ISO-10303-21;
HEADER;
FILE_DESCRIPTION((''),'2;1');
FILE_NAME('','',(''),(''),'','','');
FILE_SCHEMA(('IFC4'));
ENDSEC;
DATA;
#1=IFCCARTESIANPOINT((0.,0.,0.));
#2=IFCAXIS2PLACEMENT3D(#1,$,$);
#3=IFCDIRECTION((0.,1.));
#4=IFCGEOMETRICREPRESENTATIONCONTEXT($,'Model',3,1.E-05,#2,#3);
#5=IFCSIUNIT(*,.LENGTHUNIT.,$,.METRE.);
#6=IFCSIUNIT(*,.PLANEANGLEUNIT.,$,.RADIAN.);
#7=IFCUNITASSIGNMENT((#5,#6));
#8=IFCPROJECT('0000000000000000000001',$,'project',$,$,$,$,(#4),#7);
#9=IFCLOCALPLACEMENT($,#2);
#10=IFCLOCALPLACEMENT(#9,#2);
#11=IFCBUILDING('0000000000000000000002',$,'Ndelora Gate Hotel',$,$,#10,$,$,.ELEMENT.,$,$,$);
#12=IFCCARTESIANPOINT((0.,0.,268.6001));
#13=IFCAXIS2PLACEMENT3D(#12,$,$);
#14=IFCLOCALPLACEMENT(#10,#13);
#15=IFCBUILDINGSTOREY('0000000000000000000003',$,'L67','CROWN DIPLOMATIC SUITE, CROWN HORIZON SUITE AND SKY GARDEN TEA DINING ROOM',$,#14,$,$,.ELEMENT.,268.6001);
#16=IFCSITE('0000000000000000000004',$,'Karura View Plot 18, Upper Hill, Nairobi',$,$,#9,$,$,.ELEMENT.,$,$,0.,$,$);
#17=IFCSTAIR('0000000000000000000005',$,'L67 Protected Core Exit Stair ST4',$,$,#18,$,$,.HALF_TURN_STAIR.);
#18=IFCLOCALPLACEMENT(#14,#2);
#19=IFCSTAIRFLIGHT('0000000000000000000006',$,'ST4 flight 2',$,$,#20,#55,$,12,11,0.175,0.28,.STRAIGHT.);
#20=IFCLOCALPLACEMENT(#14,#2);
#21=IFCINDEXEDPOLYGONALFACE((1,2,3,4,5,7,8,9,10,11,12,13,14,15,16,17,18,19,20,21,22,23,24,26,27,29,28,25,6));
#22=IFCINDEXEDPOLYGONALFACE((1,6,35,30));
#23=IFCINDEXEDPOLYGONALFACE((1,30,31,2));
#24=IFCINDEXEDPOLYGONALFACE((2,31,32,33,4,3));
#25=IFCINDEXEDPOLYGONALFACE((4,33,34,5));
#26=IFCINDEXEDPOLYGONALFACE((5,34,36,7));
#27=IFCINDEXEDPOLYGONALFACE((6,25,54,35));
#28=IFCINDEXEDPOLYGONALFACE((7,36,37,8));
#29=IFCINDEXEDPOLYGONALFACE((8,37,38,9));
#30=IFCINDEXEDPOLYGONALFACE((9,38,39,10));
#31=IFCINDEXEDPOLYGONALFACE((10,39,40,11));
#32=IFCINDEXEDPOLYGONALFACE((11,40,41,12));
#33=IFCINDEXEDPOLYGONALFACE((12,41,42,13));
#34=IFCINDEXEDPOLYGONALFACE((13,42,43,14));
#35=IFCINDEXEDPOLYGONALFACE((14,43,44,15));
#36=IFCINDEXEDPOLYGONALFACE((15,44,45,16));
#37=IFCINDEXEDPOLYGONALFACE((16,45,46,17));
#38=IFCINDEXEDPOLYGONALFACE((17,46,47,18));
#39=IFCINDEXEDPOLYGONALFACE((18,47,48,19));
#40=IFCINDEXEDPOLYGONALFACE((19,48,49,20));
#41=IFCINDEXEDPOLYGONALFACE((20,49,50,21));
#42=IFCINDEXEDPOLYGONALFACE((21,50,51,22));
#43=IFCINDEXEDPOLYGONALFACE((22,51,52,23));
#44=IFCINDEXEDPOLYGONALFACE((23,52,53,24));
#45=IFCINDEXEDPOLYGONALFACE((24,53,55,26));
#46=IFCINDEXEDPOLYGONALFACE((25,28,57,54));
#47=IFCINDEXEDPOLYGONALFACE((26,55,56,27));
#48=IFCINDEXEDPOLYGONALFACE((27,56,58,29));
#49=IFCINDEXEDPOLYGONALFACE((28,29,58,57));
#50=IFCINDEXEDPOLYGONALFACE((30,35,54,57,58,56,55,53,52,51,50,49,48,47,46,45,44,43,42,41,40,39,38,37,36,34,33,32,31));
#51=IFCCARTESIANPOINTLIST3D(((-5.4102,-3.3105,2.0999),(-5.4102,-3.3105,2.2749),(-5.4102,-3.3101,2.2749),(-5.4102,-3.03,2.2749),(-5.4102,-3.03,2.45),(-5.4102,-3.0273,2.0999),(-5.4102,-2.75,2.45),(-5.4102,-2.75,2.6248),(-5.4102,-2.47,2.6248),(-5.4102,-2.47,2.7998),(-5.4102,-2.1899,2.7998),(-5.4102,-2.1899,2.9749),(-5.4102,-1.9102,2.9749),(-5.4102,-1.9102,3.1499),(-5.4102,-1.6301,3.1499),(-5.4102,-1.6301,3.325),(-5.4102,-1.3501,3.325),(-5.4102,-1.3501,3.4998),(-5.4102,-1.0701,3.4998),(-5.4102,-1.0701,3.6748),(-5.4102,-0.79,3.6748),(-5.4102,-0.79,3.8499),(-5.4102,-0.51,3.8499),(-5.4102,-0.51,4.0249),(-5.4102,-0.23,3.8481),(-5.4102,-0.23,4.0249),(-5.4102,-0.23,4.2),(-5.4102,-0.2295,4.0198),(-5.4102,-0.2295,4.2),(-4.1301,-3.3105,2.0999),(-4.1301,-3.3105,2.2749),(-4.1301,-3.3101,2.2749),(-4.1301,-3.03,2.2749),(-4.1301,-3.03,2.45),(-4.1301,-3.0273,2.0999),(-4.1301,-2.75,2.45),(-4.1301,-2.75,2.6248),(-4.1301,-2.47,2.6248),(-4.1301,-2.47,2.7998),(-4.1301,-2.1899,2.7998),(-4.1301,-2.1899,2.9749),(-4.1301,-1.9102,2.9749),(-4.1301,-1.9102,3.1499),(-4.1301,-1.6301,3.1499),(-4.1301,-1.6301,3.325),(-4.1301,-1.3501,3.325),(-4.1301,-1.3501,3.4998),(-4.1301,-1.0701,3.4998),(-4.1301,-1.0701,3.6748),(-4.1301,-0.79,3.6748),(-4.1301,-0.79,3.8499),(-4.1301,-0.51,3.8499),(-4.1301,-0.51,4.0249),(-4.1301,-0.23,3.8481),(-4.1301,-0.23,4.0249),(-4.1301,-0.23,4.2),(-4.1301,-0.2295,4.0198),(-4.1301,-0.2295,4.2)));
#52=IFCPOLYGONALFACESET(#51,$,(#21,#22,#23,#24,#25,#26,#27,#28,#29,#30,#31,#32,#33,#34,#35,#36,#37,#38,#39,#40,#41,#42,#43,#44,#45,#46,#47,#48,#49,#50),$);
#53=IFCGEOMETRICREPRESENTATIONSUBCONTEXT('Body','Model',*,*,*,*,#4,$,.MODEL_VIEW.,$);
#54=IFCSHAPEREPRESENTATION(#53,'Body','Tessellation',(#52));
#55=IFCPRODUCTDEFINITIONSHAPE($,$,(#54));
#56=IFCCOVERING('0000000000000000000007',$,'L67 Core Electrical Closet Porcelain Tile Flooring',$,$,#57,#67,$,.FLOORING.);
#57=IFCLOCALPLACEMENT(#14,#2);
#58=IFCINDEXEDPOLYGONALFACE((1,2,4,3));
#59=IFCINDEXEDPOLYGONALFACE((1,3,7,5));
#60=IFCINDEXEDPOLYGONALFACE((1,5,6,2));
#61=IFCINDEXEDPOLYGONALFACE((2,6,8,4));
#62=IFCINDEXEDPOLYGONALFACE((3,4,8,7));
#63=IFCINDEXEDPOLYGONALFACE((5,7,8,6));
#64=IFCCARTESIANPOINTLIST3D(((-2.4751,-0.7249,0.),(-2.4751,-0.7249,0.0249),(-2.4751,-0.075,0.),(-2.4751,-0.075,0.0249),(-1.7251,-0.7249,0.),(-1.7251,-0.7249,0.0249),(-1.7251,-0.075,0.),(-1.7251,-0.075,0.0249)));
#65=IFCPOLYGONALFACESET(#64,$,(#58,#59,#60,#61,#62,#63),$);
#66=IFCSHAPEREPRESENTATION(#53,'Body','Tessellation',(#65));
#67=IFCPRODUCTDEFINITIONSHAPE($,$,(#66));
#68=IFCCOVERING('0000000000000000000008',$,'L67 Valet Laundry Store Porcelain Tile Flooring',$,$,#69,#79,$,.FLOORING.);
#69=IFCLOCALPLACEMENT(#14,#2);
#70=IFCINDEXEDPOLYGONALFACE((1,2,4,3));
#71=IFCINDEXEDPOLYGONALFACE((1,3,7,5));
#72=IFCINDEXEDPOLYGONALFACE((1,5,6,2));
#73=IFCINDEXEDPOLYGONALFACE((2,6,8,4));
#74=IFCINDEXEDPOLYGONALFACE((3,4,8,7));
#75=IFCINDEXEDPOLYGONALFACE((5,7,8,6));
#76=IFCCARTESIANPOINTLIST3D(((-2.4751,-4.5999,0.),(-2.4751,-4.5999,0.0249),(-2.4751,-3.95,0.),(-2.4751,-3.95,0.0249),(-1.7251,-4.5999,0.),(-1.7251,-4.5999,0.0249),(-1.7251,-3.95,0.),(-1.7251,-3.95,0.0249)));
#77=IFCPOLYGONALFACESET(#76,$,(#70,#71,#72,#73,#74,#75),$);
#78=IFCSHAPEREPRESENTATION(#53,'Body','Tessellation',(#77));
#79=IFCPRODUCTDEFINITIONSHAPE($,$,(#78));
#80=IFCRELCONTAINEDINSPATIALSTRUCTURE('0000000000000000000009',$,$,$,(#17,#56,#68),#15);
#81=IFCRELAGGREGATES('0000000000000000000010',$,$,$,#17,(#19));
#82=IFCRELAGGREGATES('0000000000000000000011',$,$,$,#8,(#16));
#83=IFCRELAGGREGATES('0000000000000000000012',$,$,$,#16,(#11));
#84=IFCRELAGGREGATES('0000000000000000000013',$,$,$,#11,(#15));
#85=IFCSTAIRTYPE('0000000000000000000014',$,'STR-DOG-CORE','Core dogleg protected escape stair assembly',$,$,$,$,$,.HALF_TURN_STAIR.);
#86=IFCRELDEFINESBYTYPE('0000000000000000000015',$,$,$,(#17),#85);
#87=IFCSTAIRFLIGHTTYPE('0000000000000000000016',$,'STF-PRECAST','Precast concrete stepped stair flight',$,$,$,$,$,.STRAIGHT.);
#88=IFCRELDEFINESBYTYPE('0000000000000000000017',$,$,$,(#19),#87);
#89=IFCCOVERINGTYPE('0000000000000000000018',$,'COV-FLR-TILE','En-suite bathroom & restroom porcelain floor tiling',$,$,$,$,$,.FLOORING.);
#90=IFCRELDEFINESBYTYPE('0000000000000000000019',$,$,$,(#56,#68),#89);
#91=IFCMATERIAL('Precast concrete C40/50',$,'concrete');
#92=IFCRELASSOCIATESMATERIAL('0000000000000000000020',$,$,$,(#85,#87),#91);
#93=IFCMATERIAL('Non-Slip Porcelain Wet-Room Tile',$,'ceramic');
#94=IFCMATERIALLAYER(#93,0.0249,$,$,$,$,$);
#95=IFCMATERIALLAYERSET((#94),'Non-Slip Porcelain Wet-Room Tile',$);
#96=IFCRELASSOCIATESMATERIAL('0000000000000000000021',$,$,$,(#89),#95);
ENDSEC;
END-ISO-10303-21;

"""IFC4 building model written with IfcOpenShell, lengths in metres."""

from ifc_helpers import new_model, si_unit, direction, frame, origin, origin_2d, place, context, subcontext, project, spatial, polyline, rectangle, outline, extrude, material, layer, layer_set, type_object, element, aggregate, save


model = new_model("IFC4")

# Units and contexts
model_context = context("Model", 3, precision=1e-05, world=origin(), true_north=direction((0.0, 1.0)))
body_context = subcontext(model_context, "Body", "Model", "MODEL_VIEW")
ifc_project = project(units=[si_unit("LENGTHUNIT", "METRE"), si_unit("PLANEANGLEUNIT", "RADIAN")], contexts=[model_context])

# Site, building, storey
site_placement = place(None, origin())
site = spatial("IfcSite", under=ifc_project, at=site_placement, Name="Karura View Plot 18, Upper Hill, Nairobi", CompositionType="ELEMENT", RefElevation=0.0)
building_placement = place(site_placement, origin())
building = spatial("IfcBuilding", under=site, at=building_placement, Name="Ndelora Gate Hotel", CompositionType="ELEMENT")
storey_placement = place(building_placement, frame((0.0, 0.0, 268.6001)))
storey = spatial("IfcBuildingStorey", under=building, at=storey_placement, Name="L67", Description="CROWN DIPLOMATIC SUITE, CROWN HORIZON SUITE AND SKY GARDEN TEA DINING ROOM", CompositionType="ELEMENT", Elevation=268.6001)

# Stair, stair flight
ifc_material_1 = material(Name="Precast concrete C40/50", Category="concrete")
stair_type = type_object("IfcStairType", Name="STR-DOG-CORE", Description="Core dogleg protected escape stair assembly", PredefinedType="HALF_TURN_STAIR", material=ifc_material_1)
stair_placement = place(storey_placement, origin())
stair = element("IfcStair", 1, at=stair_placement, inside=storey, type_object=stair_type, Name="L67 Protected Core Exit Stair ST4", PredefinedType="HALF_TURN_STAIR")
stair_flight_type = type_object("IfcStairFlightType", Name="STF-PRECAST", Description="Precast concrete stepped stair flight", PredefinedType="STRAIGHT", material=ifc_material_1)
stair_flight_1_placement = place(storey_placement, frame((-4.77, -3.3101, 2.0999), z_axis=(0.0, 0.0, 1.0), x_axis=(0.0, 1.0, 0.0)))
stair_flight_1 = element("IfcStairFlight", 2, at=stair_flight_1_placement, type_object=stair_flight_type, Name="ST4 flight 2", NumberOfRisers=12, NumberOfTreads=11, PredefinedType="STRAIGHT", RiserHeight=0.175, TreadLength=0.28, context=body_context, shape_type="SweptSolid", body=[
    extrude(outline(polyline([(-0.0005, 0.0), (-0.0005, 0.175), (0.0, 0.175), (0.28, 0.175), (0.28, 0.3501), (0.5601, 0.3501), (0.5601, 0.5249), (0.8401, 0.5249), (0.8401, 0.7), (1.1201, 0.7), (1.1201, 0.875), (1.3999, 0.875), (1.3999, 1.05), (1.6799, 1.05), (1.6799, 1.2251), (1.96, 1.2251), (1.96, 1.3999), (2.24, 1.3999), (2.24, 1.575), (2.52, 1.575), (2.52, 1.75), (2.8, 1.75), (2.8, 1.925), (3.0801, 1.925), (3.0801, 2.1001), (3.0806, 2.1001), (3.0806, 1.9199), (3.0801, 1.7483), (0.2827, 0.0), (-0.0005, 0.0)])), frame((0.0, 0.6401, 0.0), z_axis=(0.0, -1.0, 0.0), x_axis=(1.0, 0.0, 0.0)), (0.0, 0.0, 1.0), 1.28),
])
aggregate(stair, [stair_flight_1])

# Coverings
ifc_material_2 = material(Name="Non-Slip Porcelain Wet-Room Tile", Category="ceramic")
ifc_layer_1 = layer(ifc_material_2, 0.0249)
ifc_layer_set_1 = layer_set([ifc_layer_1], Name="Non-Slip Porcelain Wet-Room Tile")
covering_type = type_object("IfcCoveringType", Name="COV-FLR-TILE", Description="En-suite bathroom & restroom porcelain floor tiling", PredefinedType="FLOORING", material=ifc_layer_set_1)
for number, where, z_axis, x_axis, name in (
    (3, (-2.1001, -0.3999, 0.0), (0.0, 0.0, 1.0), (1.0, 0.0, 0.0), "L67 Core Electrical Closet Porcelain Tile Flooring"),
    (4, (-2.1001, -4.2749, 0.0), (0.0, 0.0, 1.0), (1.0, 0.0, 0.0), "L67 Valet Laundry Store Porcelain Tile Flooring"),
):
    element("IfcCovering", number, at=place(storey_placement, frame(where, z_axis=z_axis, x_axis=x_axis)), inside=storey, type_object=covering_type, Name=name, PredefinedType="FLOORING", context=body_context, shape_type="SweptSolid", body=[
        extrude(rectangle(XDim=0.75, YDim=0.6499, at=origin_2d()), origin(), (0.0, 0.0, 1.0), 0.0249),
    ])

save(model, "model.ifc")
